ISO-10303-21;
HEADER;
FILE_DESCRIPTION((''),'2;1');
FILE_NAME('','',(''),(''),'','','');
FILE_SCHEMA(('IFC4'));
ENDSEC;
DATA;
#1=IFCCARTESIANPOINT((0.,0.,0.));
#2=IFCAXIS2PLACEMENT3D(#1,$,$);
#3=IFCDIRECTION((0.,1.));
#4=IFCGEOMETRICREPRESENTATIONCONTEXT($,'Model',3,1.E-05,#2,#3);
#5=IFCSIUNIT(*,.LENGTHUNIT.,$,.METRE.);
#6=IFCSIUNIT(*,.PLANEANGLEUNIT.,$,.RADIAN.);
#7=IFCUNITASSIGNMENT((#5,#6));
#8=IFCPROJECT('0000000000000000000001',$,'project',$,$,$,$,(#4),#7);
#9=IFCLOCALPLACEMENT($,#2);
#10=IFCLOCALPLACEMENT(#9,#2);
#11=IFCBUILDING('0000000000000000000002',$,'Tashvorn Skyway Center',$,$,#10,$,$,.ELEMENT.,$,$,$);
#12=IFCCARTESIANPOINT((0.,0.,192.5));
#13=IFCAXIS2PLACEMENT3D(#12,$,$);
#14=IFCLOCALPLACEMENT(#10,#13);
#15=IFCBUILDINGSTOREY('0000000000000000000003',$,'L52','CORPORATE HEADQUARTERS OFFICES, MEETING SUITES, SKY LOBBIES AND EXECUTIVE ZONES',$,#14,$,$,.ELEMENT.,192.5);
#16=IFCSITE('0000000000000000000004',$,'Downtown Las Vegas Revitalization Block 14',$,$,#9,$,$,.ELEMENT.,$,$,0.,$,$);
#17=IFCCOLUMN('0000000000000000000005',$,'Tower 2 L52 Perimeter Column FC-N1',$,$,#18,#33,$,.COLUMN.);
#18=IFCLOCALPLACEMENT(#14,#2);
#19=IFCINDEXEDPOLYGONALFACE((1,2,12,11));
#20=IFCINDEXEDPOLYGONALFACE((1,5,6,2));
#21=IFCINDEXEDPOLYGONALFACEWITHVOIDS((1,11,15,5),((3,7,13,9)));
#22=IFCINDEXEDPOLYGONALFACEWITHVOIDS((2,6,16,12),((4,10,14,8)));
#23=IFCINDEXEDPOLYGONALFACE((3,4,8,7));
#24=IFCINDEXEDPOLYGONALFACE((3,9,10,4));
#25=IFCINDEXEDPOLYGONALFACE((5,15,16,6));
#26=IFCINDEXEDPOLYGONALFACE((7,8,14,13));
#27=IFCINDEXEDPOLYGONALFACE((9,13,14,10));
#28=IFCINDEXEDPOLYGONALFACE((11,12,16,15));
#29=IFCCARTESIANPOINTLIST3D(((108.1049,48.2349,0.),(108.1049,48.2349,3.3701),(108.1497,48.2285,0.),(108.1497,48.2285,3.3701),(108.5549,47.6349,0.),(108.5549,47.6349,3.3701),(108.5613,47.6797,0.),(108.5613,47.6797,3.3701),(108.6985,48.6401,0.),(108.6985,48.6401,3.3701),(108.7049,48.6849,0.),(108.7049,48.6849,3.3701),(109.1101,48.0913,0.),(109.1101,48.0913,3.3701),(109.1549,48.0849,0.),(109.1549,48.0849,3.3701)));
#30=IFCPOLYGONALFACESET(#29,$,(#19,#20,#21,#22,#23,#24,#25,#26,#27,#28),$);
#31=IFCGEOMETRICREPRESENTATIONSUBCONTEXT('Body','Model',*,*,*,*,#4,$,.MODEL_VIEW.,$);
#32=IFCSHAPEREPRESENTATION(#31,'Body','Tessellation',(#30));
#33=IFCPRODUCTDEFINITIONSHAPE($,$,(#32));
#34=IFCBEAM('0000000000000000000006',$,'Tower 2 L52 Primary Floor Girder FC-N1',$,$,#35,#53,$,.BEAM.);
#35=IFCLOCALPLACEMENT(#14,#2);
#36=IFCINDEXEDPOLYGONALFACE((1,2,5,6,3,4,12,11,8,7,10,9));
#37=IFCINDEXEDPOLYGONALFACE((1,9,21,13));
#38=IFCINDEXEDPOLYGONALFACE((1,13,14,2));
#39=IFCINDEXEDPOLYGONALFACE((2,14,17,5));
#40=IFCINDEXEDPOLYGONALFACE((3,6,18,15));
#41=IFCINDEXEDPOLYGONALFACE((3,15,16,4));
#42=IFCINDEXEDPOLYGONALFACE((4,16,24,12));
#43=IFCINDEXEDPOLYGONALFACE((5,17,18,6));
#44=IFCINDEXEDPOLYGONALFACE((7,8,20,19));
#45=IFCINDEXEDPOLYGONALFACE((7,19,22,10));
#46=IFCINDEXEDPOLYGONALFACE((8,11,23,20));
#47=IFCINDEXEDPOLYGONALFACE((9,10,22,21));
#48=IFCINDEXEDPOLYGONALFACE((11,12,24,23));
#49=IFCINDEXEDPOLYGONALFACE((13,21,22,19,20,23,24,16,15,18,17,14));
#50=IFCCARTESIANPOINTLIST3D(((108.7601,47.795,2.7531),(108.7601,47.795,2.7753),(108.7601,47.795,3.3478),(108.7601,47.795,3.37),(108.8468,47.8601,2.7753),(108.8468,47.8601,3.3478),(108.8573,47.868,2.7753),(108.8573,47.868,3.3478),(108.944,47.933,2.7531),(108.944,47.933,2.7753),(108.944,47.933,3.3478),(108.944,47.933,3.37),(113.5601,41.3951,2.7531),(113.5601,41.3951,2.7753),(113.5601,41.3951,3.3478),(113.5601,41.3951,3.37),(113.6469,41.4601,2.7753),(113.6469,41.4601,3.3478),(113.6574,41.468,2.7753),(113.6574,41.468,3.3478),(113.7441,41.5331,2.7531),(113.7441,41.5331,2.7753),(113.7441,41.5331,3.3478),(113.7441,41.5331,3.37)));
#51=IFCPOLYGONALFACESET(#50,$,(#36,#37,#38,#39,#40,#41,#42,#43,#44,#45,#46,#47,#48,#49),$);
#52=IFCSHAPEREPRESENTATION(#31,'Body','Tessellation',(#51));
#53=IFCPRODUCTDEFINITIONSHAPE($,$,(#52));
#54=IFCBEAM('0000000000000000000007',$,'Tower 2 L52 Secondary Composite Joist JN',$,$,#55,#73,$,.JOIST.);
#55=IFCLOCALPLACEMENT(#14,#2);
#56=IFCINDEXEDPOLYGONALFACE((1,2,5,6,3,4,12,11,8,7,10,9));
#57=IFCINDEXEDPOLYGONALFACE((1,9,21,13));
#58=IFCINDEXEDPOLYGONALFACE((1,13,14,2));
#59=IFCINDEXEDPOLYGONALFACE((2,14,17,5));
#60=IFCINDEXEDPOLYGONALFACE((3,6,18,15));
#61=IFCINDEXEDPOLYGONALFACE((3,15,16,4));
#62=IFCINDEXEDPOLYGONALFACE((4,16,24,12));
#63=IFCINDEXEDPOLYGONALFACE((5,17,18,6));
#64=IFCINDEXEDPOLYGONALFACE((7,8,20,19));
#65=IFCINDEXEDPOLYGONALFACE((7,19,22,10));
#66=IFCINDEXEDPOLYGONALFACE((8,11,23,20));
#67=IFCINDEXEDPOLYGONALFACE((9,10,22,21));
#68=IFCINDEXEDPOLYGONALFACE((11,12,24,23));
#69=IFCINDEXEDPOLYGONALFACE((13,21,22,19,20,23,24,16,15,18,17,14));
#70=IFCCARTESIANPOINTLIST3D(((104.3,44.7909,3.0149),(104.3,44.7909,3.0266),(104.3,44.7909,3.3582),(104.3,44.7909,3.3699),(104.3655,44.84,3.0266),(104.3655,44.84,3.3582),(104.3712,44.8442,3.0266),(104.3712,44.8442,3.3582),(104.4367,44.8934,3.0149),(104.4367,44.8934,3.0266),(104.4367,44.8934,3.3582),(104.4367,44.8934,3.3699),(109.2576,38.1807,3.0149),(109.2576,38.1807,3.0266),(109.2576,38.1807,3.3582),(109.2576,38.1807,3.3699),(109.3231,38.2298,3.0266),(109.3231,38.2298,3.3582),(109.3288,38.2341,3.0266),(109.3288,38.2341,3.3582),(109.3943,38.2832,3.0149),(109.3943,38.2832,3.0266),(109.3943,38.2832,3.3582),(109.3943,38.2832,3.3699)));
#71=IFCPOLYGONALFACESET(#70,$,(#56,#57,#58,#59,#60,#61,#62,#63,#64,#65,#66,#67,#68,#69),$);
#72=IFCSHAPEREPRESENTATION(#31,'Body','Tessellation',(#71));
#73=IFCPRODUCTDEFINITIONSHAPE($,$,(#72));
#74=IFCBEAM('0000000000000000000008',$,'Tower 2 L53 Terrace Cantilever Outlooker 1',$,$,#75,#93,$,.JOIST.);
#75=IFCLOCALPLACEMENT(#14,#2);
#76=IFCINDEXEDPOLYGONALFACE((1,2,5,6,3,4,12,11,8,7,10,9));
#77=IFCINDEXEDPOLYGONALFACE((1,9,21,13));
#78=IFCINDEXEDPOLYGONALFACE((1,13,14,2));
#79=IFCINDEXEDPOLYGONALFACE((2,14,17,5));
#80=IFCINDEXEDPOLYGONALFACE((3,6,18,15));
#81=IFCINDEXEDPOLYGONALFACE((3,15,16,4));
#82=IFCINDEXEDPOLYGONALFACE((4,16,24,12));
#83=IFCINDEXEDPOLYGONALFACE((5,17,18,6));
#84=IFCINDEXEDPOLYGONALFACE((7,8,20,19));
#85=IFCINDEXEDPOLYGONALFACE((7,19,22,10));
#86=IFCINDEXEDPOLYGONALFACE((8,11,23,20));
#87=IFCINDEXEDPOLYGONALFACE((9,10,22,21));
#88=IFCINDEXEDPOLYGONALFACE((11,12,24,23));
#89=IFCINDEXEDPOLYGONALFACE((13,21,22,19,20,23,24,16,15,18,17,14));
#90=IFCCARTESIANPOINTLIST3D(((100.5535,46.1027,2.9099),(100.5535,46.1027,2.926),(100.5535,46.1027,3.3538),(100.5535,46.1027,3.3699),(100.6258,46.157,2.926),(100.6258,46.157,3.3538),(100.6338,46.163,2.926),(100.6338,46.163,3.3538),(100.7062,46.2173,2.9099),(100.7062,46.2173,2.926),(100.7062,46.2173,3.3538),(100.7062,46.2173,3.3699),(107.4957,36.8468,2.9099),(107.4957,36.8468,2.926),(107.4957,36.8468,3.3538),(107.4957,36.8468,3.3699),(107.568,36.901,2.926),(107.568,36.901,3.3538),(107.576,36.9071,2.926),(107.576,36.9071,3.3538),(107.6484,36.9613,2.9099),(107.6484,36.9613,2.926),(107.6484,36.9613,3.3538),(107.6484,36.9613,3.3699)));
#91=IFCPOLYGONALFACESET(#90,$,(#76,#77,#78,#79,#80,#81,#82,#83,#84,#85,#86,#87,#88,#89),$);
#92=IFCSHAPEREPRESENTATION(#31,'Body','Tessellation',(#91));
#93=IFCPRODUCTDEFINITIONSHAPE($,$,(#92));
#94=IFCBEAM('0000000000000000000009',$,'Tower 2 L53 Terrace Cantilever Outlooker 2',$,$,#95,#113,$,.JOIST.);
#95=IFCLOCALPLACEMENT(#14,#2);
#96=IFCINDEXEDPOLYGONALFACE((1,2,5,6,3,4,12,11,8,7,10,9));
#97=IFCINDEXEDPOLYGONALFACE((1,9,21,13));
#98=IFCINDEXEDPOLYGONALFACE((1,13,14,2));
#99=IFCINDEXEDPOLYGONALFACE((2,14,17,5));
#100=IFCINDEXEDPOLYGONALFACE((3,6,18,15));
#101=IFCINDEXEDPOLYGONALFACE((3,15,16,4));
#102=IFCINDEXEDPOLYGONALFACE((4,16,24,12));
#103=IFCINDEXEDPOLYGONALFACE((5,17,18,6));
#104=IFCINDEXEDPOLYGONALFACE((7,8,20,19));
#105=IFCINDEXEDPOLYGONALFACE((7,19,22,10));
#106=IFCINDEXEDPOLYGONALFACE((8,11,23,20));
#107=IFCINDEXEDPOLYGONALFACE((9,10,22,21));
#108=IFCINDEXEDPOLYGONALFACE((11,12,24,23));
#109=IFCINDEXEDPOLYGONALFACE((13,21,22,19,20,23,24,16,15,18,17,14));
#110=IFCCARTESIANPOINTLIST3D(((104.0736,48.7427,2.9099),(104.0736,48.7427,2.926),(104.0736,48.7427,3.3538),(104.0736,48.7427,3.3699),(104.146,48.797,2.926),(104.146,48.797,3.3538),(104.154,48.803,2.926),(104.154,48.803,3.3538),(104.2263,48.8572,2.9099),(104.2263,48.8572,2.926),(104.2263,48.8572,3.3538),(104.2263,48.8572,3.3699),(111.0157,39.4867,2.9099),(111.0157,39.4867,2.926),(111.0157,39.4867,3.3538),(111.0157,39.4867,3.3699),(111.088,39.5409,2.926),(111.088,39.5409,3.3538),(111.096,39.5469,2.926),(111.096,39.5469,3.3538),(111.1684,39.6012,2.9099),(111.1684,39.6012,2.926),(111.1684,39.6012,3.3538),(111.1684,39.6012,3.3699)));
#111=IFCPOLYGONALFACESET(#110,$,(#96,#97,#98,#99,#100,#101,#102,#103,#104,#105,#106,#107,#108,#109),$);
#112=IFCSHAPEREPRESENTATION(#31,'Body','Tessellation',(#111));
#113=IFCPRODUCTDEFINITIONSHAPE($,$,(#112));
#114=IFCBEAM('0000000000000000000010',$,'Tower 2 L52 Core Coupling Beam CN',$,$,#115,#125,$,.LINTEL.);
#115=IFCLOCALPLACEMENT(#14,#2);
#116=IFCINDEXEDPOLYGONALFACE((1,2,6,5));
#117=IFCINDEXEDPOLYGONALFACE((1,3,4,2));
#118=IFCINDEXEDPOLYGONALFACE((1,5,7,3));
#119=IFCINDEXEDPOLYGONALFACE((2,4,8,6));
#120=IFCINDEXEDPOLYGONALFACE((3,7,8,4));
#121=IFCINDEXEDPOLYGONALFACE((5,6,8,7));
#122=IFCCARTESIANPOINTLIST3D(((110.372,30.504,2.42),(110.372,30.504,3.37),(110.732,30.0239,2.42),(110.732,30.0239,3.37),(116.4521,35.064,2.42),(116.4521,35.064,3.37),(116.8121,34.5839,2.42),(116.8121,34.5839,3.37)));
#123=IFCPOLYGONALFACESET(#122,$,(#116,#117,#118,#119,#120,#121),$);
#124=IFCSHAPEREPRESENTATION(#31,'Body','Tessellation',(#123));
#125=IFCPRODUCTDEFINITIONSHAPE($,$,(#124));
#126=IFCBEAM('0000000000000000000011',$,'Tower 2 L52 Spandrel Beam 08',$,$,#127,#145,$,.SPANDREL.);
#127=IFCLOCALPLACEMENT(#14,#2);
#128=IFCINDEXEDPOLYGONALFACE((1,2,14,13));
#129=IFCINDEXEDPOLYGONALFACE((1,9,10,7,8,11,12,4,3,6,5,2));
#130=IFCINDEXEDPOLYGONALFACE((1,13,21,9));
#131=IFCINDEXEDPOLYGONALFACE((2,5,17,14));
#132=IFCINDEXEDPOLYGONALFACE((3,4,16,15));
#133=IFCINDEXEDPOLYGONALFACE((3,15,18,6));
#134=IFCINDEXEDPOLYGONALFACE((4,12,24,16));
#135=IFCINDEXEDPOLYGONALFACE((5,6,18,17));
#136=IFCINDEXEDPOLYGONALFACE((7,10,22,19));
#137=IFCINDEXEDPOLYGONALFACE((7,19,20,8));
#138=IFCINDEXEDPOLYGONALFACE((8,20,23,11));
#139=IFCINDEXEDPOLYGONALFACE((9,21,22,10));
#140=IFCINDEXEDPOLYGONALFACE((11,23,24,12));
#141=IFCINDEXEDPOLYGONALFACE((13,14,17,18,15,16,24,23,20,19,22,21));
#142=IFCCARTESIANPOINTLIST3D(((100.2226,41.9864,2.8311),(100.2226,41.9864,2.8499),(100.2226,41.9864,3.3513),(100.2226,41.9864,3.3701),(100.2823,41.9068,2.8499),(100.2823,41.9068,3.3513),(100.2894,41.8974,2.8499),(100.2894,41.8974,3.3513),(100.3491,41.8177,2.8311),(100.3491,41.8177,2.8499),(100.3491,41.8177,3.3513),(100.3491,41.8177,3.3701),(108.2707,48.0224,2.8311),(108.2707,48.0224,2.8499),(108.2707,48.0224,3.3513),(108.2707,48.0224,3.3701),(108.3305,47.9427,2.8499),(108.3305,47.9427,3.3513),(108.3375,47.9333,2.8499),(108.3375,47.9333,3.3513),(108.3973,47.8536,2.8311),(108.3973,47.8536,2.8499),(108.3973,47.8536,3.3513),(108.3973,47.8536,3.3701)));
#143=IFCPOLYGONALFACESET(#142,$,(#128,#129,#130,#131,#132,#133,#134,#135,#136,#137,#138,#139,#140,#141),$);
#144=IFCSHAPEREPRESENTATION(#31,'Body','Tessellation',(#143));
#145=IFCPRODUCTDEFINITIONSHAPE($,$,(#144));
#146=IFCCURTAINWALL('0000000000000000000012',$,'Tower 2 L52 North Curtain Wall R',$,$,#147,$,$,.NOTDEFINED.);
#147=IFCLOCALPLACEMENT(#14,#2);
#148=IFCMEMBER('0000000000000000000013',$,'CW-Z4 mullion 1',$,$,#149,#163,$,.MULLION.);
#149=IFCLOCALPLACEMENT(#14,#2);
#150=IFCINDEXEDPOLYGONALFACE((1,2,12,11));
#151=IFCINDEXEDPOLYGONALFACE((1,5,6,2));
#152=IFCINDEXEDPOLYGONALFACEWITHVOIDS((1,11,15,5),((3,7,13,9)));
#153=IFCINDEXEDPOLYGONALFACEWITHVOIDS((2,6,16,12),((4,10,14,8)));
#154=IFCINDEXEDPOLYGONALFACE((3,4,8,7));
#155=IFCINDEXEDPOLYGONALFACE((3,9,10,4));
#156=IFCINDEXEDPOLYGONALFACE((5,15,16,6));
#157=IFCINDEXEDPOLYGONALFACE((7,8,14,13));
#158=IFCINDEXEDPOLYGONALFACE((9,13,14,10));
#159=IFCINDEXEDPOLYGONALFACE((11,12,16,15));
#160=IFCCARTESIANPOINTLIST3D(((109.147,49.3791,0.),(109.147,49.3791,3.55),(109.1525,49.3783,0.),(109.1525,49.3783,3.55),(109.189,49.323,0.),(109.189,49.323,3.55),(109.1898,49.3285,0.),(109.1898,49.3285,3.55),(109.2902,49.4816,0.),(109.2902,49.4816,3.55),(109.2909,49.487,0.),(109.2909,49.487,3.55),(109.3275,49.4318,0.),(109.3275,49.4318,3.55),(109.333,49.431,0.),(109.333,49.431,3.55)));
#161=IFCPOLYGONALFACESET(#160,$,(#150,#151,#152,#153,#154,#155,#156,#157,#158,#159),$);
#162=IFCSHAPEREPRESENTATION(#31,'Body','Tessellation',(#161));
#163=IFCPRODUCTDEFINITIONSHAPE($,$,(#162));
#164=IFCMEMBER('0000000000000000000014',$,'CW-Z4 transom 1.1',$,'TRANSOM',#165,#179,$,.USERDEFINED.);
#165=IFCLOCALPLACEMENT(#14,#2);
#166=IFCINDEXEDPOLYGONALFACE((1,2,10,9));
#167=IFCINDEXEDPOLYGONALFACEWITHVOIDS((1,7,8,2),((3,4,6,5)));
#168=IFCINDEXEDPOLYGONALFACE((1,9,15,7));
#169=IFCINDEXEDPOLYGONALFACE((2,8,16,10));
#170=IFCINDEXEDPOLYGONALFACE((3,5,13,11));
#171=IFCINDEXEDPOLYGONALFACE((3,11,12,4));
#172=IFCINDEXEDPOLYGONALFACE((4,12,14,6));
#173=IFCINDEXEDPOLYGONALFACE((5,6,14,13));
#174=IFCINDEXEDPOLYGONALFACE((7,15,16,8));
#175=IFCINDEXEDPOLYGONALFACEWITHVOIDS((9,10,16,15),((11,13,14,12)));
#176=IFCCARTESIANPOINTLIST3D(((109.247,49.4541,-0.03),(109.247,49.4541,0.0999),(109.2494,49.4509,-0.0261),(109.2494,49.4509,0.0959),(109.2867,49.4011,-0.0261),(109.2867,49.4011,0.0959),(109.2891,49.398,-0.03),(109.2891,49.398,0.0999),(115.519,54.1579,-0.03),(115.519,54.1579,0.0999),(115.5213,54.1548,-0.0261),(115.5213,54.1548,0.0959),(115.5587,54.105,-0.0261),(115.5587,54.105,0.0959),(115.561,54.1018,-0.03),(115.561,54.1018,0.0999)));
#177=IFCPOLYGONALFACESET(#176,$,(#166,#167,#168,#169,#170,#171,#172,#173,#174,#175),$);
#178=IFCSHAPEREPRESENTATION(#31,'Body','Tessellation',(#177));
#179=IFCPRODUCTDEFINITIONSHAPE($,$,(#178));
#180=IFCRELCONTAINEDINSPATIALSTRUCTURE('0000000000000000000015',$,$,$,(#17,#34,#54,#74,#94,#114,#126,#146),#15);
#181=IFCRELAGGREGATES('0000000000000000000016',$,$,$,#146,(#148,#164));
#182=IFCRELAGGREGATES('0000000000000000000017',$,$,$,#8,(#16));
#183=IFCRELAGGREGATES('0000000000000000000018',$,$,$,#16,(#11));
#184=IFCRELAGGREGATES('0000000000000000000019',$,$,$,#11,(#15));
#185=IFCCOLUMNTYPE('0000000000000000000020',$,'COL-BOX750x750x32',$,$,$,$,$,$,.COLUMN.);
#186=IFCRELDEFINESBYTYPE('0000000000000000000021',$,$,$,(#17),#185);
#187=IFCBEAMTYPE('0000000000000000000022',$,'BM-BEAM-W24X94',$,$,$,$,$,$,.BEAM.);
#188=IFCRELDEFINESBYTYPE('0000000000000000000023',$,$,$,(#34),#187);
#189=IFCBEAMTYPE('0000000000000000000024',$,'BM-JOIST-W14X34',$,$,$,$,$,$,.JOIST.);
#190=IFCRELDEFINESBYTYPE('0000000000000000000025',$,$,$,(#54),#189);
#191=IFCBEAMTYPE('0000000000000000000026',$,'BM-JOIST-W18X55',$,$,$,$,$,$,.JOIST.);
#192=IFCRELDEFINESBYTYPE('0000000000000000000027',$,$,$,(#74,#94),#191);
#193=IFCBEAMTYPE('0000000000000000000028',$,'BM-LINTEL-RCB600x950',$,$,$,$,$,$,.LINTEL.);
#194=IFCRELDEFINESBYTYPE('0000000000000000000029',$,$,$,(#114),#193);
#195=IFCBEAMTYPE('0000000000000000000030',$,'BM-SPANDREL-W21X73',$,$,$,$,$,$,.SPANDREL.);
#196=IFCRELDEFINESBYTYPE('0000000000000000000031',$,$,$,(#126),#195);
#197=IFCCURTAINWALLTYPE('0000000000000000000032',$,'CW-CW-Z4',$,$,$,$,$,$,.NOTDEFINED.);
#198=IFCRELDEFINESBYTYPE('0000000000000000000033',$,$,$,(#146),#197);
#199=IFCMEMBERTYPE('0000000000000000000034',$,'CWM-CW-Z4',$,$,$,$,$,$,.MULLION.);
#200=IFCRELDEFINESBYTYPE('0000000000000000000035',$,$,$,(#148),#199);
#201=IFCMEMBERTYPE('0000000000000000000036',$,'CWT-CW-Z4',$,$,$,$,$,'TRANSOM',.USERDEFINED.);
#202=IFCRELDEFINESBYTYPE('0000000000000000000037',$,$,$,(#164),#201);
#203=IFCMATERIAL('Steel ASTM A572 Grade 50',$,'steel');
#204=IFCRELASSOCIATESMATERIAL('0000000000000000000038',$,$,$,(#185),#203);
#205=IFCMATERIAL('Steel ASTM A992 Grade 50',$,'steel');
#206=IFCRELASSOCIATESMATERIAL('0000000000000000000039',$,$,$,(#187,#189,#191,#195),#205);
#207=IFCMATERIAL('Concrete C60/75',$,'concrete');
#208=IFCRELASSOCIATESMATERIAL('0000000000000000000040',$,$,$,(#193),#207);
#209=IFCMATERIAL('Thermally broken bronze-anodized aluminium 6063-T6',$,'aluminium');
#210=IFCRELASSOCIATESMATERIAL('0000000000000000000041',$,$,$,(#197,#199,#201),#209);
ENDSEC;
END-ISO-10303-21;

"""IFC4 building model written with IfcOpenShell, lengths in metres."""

from ifc_helpers import new_model, si_unit, direction, frame, origin, origin_2d, place, context, subcontext, project, spatial, rectangle, hollow_rectangle, i_section, extrude, material, material_profile, profile_set, type_object, element, aggregate, save


model = new_model("IFC4")

# Units and contexts
model_context = context("Model", 3, precision=1e-05, world=origin(), true_north=direction((0.0, 1.0)))
body_context = subcontext(model_context, "Body", "Model", "MODEL_VIEW")
ifc_project = project(units=[si_unit("LENGTHUNIT", "METRE"), si_unit("PLANEANGLEUNIT", "RADIAN")], contexts=[model_context])

# Site, building, storey
site_placement = place(None, origin())
site = spatial("IfcSite", under=ifc_project, at=site_placement, Name="Downtown Las Vegas Revitalization Block 14", CompositionType="ELEMENT", RefElevation=0.0)
building_placement = place(site_placement, origin())
building = spatial("IfcBuilding", under=site, at=building_placement, Name="Tashvorn Skyway Center", CompositionType="ELEMENT")
storey_placement = place(building_placement, frame((0.0, 0.0, 192.5)))
storey = spatial("IfcBuildingStorey", under=building, at=storey_placement, Name="L52", Description="CORPORATE HEADQUARTERS OFFICES, MEETING SUITES, SKY LOBBIES AND EXECUTIVE ZONES", CompositionType="ELEMENT", Elevation=192.5)

# Column
ifc_material_1 = material(Name="Steel ASTM A572 Grade 50", Category="steel")
ifc_material_profile_1 = material_profile(ifc_material_1, hollow_rectangle(XDim=0.75, YDim=0.75, WallThickness=0.032, at=origin_2d()), Name="BOX750x750x32")
ifc_profile_set_1 = profile_set([ifc_material_profile_1], Name="Steel ASTM A572 Grade 50")
column_type = type_object("IfcColumnType", Name="COL-BOX750x750x32", PredefinedType="COLUMN", material=ifc_profile_set_1)
column_placement = place(storey_placement, frame((108.6299, 48.1599, 0.0), z_axis=(0.0, 0.0, 1.0), x_axis=(0.8, 0.6, 0.0)))
element("IfcColumn", 1, at=column_placement, inside=storey, type_object=column_type, Name="Tower 2 L52 Perimeter Column FC-N1", PredefinedType="COLUMN", context=body_context, shape_type="SweptSolid", body=[
    extrude(hollow_rectangle(XDim=0.75, YDim=0.75, WallThickness=0.032, at=origin_2d()), origin(), (0.0, 0.0, 1.0), 3.3701),
])

# Beams
ifc_material_2 = material(Name="Steel ASTM A992 Grade 50", Category="steel")
ifc_material_profile_2 = material_profile(ifc_material_2, i_section(OverallWidth=0.23, OverallDepth=0.6169, WebThickness=0.0132, FlangeThickness=0.0222, at=origin_2d()), Name="W24X94")
ifc_profile_set_2 = profile_set([ifc_material_profile_2], Name="Steel ASTM A992 Grade 50")
beam_type_1 = type_object("IfcBeamType", Name="BM-BEAM-W24X94", PredefinedType="BEAM", material=ifc_profile_set_2)
beam_1_placement = place(storey_placement, frame((108.8521, 47.864, 3.0615), z_axis=(0.60001, -0.799993, 0.0), x_axis=(0.799993, 0.60001, 0.0)))
element("IfcBeam", 2, at=beam_1_placement, inside=storey, type_object=beam_type_1, Name="Tower 2 L52 Primary Floor Girder FC-N1", PredefinedType="BEAM", context=body_context, shape_type="SweptSolid", body=[
    extrude(i_section(OverallWidth=0.23, OverallDepth=0.6169, WebThickness=0.0132, FlangeThickness=0.0222, at=origin_2d()), origin(), (0.0, 0.0, 1.0), 8.0),
])
ifc_material_profile_3 = material_profile(ifc_material_2, i_section(OverallWidth=0.1709, OverallDepth=0.355, WebThickness=0.0071, FlangeThickness=0.0117, at=origin_2d()), Name="W14X34")
ifc_profile_set_3 = profile_set([ifc_material_profile_3], Name="Steel ASTM A992 Grade 50")
beam_type_2 = type_object("IfcBeamType", Name="BM-JOIST-W14X34", PredefinedType="JOIST", material=ifc_profile_set_3)
beam_2_placement = place(storey_placement, frame((109.3259, 38.2319, 3.1924), z_axis=(-0.599995, 0.800004, 0.0), x_axis=(-0.800004, -0.599995, 0.0)))
element("IfcBeam", 3, at=beam_2_placement, inside=storey, type_object=beam_type_2, Name="Tower 2 L52 Secondary Composite Joist JN", PredefinedType="JOIST", context=body_context, shape_type="SweptSolid", body=[
    extrude(i_section(OverallWidth=0.1709, OverallDepth=0.355, WebThickness=0.0071, FlangeThickness=0.0117, at=origin_2d()), origin(), (0.0, 0.0, 1.0), 8.2627),
])
ifc_material_profile_4 = material_profile(ifc_material_2, i_section(OverallWidth=0.1909, OverallDepth=0.46, WebThickness=0.01, FlangeThickness=0.0161, at=origin_2d()), Name="W18X55")
ifc_profile_set_4 = profile_set([ifc_material_profile_4], Name="Steel ASTM A992 Grade 50")
beam_type_3 = type_object("IfcBeamType", Name="BM-JOIST-W18X55", PredefinedType="JOIST", material=ifc_profile_set_4)
for number, where, z_axis, x_axis, name in (
    (4, (107.572, 36.9041, 3.1399), (-0.600014, 0.79999, 0.0), (-0.79999, -0.600014, 0.0), "Tower 2 L53 Terrace Cantilever Outlooker 1"),
    (5, (111.092, 39.5439, 3.1399), (-0.600003, 0.799997, 0.0), (-0.799997, -0.600003, 0.0), "Tower 2 L53 Terrace Cantilever Outlooker 2"),
):
    element("IfcBeam", number, at=place(storey_placement, frame(where, z_axis=z_axis, x_axis=x_axis)), inside=storey, type_object=beam_type_3, Name=name, PredefinedType="JOIST", context=body_context, shape_type="SweptSolid", body=[
        extrude(i_section(OverallWidth=0.1909, OverallDepth=0.46, WebThickness=0.01, FlangeThickness=0.0161, at=origin_2d()), origin(), (0.0, 0.0, 1.0), 11.5701),
    ])
ifc_material_3 = material(Name="Concrete C60/75", Category="concrete")
ifc_material_profile_5 = material_profile(ifc_material_3, rectangle(XDim=0.6001, YDim=0.95, at=origin_2d()), Name="RCB600x950")
ifc_profile_set_5 = profile_set([ifc_material_profile_5], Name="Concrete C60/75")
beam_type_4 = type_object("IfcBeamType", Name="BM-LINTEL-RCB600x950", PredefinedType="LINTEL", material=ifc_profile_set_5)
beam_3_placement = place(storey_placement, frame((110.552, 30.2639, 2.895), z_axis=(0.8, 0.6, 0.0), x_axis=(-0.6, 0.8, 0.0)))
element("IfcBeam", 6, at=beam_3_placement, inside=storey, type_object=beam_type_4, Name="Tower 2 L52 Core Coupling Beam CN", PredefinedType="LINTEL", context=body_context, shape_type="SweptSolid", body=[
    extrude(rectangle(XDim=0.6001, YDim=0.95, at=origin_2d()), origin(), (0.0, 0.0, 1.0), 7.6001),
])
ifc_material_profile_6 = material_profile(ifc_material_2, i_section(OverallWidth=0.2109, OverallDepth=0.5391, WebThickness=0.0117, FlangeThickness=0.0188, at=origin_2d()), Name="W21X73")
ifc_profile_set_6 = profile_set([ifc_material_profile_6], Name="Steel ASTM A992 Grade 50")
beam_type_5 = type_object("IfcBeamType", Name="BM-SPANDREL-W21X73", PredefinedType="SPANDREL", material=ifc_profile_set_6)
beam_4_placement = place(storey_placement, frame((108.334, 47.938, 3.1006), z_axis=(-0.800009, -0.599988, 0.0), x_axis=(0.599988, -0.800009, 0.0)))
element("IfcBeam", 7, at=beam_4_placement, inside=storey, type_object=beam_type_5, Name="Tower 2 L52 Spandrel Beam 08", PredefinedType="SPANDREL", context=body_context, shape_type="SweptSolid", body=[
    extrude(i_section(OverallWidth=0.2109, OverallDepth=0.5391, WebThickness=0.0117, FlangeThickness=0.0188, at=origin_2d()), origin(), (0.0, 0.0, 1.0), 10.0601),
])

# Curtain wall, members
ifc_material_4 = material(Name="Thermally broken bronze-anodized aluminium 6063-T6", Category="aluminium")
curtain_wall_type = type_object("IfcCurtainWallType", Name="CW-CW-Z4", PredefinedType="NOTDEFINED", material=ifc_material_4)
curtain_wall_placement = place(storey_placement, origin())
curtain_wall = element("IfcCurtainWall", 8, at=curtain_wall_placement, inside=storey, type_object=curtain_wall_type, Name="Tower 2 L52 North Curtain Wall R", PredefinedType="NOTDEFINED")
ifc_material_profile_7 = material_profile(ifc_material_4, hollow_rectangle(XDim=0.0701, YDim=0.1799, WallThickness=0.0039, at=origin_2d()), Name="ALU-MULL-70x180")
ifc_profile_set_7 = profile_set([ifc_material_profile_7], Name="Thermally broken bronze-anodized aluminium 6063-T6")
member_type_1 = type_object("IfcMemberType", Name="CWM-CW-Z4", PredefinedType="MULLION", material=ifc_profile_set_7)
member_1_placement = place(storey_placement, frame((109.24, 49.405, 0.0), z_axis=(0.0, 0.0, 1.0), x_axis=(-0.6, 0.8, 0.0)))
member_1 = element("IfcMember", 9, at=member_1_placement, type_object=member_type_1, Name="CW-Z4 mullion 1", PredefinedType="MULLION", context=body_context, shape_type="SweptSolid", body=[
    extrude(hollow_rectangle(XDim=0.0701, YDim=0.1799, WallThickness=0.0039, at=origin_2d()), origin(), (0.0, 0.0, 1.0), 3.55),
])
ifc_material_profile_8 = material_profile(ifc_material_4, hollow_rectangle(XDim=0.0701, YDim=0.1299, WallThickness=0.0039, at=origin_2d()), Name="ALU-TRAN-70x130")
ifc_profile_set_8 = profile_set([ifc_material_profile_8], Name="Thermally broken bronze-anodized aluminium 6063-T6")
member_type_2 = type_object("IfcMemberType", Name="CWT-CW-Z4", ElementType="TRANSOM", PredefinedType="USERDEFINED", material=ifc_profile_set_8)
member_2_placement = place(storey_placement, frame((109.2681, 49.426, 0.0349), z_axis=(0.800007, 0.59999, 0.0), x_axis=(-0.59999, 0.800007, 0.0)))
member_2 = element("IfcMember", 10, at=member_2_placement, type_object=member_type_2, Name="CW-Z4 transom 1.1", ObjectType="TRANSOM", PredefinedType="USERDEFINED", context=body_context, shape_type="SweptSolid", body=[
    extrude(hollow_rectangle(XDim=0.0701, YDim=0.1299, WallThickness=0.0039, at=origin_2d()), origin(), (0.0, 0.0, 1.0), 7.8398),
])
aggregate(curtain_wall, [member_1, member_2])

save(model, "model.ifc")
